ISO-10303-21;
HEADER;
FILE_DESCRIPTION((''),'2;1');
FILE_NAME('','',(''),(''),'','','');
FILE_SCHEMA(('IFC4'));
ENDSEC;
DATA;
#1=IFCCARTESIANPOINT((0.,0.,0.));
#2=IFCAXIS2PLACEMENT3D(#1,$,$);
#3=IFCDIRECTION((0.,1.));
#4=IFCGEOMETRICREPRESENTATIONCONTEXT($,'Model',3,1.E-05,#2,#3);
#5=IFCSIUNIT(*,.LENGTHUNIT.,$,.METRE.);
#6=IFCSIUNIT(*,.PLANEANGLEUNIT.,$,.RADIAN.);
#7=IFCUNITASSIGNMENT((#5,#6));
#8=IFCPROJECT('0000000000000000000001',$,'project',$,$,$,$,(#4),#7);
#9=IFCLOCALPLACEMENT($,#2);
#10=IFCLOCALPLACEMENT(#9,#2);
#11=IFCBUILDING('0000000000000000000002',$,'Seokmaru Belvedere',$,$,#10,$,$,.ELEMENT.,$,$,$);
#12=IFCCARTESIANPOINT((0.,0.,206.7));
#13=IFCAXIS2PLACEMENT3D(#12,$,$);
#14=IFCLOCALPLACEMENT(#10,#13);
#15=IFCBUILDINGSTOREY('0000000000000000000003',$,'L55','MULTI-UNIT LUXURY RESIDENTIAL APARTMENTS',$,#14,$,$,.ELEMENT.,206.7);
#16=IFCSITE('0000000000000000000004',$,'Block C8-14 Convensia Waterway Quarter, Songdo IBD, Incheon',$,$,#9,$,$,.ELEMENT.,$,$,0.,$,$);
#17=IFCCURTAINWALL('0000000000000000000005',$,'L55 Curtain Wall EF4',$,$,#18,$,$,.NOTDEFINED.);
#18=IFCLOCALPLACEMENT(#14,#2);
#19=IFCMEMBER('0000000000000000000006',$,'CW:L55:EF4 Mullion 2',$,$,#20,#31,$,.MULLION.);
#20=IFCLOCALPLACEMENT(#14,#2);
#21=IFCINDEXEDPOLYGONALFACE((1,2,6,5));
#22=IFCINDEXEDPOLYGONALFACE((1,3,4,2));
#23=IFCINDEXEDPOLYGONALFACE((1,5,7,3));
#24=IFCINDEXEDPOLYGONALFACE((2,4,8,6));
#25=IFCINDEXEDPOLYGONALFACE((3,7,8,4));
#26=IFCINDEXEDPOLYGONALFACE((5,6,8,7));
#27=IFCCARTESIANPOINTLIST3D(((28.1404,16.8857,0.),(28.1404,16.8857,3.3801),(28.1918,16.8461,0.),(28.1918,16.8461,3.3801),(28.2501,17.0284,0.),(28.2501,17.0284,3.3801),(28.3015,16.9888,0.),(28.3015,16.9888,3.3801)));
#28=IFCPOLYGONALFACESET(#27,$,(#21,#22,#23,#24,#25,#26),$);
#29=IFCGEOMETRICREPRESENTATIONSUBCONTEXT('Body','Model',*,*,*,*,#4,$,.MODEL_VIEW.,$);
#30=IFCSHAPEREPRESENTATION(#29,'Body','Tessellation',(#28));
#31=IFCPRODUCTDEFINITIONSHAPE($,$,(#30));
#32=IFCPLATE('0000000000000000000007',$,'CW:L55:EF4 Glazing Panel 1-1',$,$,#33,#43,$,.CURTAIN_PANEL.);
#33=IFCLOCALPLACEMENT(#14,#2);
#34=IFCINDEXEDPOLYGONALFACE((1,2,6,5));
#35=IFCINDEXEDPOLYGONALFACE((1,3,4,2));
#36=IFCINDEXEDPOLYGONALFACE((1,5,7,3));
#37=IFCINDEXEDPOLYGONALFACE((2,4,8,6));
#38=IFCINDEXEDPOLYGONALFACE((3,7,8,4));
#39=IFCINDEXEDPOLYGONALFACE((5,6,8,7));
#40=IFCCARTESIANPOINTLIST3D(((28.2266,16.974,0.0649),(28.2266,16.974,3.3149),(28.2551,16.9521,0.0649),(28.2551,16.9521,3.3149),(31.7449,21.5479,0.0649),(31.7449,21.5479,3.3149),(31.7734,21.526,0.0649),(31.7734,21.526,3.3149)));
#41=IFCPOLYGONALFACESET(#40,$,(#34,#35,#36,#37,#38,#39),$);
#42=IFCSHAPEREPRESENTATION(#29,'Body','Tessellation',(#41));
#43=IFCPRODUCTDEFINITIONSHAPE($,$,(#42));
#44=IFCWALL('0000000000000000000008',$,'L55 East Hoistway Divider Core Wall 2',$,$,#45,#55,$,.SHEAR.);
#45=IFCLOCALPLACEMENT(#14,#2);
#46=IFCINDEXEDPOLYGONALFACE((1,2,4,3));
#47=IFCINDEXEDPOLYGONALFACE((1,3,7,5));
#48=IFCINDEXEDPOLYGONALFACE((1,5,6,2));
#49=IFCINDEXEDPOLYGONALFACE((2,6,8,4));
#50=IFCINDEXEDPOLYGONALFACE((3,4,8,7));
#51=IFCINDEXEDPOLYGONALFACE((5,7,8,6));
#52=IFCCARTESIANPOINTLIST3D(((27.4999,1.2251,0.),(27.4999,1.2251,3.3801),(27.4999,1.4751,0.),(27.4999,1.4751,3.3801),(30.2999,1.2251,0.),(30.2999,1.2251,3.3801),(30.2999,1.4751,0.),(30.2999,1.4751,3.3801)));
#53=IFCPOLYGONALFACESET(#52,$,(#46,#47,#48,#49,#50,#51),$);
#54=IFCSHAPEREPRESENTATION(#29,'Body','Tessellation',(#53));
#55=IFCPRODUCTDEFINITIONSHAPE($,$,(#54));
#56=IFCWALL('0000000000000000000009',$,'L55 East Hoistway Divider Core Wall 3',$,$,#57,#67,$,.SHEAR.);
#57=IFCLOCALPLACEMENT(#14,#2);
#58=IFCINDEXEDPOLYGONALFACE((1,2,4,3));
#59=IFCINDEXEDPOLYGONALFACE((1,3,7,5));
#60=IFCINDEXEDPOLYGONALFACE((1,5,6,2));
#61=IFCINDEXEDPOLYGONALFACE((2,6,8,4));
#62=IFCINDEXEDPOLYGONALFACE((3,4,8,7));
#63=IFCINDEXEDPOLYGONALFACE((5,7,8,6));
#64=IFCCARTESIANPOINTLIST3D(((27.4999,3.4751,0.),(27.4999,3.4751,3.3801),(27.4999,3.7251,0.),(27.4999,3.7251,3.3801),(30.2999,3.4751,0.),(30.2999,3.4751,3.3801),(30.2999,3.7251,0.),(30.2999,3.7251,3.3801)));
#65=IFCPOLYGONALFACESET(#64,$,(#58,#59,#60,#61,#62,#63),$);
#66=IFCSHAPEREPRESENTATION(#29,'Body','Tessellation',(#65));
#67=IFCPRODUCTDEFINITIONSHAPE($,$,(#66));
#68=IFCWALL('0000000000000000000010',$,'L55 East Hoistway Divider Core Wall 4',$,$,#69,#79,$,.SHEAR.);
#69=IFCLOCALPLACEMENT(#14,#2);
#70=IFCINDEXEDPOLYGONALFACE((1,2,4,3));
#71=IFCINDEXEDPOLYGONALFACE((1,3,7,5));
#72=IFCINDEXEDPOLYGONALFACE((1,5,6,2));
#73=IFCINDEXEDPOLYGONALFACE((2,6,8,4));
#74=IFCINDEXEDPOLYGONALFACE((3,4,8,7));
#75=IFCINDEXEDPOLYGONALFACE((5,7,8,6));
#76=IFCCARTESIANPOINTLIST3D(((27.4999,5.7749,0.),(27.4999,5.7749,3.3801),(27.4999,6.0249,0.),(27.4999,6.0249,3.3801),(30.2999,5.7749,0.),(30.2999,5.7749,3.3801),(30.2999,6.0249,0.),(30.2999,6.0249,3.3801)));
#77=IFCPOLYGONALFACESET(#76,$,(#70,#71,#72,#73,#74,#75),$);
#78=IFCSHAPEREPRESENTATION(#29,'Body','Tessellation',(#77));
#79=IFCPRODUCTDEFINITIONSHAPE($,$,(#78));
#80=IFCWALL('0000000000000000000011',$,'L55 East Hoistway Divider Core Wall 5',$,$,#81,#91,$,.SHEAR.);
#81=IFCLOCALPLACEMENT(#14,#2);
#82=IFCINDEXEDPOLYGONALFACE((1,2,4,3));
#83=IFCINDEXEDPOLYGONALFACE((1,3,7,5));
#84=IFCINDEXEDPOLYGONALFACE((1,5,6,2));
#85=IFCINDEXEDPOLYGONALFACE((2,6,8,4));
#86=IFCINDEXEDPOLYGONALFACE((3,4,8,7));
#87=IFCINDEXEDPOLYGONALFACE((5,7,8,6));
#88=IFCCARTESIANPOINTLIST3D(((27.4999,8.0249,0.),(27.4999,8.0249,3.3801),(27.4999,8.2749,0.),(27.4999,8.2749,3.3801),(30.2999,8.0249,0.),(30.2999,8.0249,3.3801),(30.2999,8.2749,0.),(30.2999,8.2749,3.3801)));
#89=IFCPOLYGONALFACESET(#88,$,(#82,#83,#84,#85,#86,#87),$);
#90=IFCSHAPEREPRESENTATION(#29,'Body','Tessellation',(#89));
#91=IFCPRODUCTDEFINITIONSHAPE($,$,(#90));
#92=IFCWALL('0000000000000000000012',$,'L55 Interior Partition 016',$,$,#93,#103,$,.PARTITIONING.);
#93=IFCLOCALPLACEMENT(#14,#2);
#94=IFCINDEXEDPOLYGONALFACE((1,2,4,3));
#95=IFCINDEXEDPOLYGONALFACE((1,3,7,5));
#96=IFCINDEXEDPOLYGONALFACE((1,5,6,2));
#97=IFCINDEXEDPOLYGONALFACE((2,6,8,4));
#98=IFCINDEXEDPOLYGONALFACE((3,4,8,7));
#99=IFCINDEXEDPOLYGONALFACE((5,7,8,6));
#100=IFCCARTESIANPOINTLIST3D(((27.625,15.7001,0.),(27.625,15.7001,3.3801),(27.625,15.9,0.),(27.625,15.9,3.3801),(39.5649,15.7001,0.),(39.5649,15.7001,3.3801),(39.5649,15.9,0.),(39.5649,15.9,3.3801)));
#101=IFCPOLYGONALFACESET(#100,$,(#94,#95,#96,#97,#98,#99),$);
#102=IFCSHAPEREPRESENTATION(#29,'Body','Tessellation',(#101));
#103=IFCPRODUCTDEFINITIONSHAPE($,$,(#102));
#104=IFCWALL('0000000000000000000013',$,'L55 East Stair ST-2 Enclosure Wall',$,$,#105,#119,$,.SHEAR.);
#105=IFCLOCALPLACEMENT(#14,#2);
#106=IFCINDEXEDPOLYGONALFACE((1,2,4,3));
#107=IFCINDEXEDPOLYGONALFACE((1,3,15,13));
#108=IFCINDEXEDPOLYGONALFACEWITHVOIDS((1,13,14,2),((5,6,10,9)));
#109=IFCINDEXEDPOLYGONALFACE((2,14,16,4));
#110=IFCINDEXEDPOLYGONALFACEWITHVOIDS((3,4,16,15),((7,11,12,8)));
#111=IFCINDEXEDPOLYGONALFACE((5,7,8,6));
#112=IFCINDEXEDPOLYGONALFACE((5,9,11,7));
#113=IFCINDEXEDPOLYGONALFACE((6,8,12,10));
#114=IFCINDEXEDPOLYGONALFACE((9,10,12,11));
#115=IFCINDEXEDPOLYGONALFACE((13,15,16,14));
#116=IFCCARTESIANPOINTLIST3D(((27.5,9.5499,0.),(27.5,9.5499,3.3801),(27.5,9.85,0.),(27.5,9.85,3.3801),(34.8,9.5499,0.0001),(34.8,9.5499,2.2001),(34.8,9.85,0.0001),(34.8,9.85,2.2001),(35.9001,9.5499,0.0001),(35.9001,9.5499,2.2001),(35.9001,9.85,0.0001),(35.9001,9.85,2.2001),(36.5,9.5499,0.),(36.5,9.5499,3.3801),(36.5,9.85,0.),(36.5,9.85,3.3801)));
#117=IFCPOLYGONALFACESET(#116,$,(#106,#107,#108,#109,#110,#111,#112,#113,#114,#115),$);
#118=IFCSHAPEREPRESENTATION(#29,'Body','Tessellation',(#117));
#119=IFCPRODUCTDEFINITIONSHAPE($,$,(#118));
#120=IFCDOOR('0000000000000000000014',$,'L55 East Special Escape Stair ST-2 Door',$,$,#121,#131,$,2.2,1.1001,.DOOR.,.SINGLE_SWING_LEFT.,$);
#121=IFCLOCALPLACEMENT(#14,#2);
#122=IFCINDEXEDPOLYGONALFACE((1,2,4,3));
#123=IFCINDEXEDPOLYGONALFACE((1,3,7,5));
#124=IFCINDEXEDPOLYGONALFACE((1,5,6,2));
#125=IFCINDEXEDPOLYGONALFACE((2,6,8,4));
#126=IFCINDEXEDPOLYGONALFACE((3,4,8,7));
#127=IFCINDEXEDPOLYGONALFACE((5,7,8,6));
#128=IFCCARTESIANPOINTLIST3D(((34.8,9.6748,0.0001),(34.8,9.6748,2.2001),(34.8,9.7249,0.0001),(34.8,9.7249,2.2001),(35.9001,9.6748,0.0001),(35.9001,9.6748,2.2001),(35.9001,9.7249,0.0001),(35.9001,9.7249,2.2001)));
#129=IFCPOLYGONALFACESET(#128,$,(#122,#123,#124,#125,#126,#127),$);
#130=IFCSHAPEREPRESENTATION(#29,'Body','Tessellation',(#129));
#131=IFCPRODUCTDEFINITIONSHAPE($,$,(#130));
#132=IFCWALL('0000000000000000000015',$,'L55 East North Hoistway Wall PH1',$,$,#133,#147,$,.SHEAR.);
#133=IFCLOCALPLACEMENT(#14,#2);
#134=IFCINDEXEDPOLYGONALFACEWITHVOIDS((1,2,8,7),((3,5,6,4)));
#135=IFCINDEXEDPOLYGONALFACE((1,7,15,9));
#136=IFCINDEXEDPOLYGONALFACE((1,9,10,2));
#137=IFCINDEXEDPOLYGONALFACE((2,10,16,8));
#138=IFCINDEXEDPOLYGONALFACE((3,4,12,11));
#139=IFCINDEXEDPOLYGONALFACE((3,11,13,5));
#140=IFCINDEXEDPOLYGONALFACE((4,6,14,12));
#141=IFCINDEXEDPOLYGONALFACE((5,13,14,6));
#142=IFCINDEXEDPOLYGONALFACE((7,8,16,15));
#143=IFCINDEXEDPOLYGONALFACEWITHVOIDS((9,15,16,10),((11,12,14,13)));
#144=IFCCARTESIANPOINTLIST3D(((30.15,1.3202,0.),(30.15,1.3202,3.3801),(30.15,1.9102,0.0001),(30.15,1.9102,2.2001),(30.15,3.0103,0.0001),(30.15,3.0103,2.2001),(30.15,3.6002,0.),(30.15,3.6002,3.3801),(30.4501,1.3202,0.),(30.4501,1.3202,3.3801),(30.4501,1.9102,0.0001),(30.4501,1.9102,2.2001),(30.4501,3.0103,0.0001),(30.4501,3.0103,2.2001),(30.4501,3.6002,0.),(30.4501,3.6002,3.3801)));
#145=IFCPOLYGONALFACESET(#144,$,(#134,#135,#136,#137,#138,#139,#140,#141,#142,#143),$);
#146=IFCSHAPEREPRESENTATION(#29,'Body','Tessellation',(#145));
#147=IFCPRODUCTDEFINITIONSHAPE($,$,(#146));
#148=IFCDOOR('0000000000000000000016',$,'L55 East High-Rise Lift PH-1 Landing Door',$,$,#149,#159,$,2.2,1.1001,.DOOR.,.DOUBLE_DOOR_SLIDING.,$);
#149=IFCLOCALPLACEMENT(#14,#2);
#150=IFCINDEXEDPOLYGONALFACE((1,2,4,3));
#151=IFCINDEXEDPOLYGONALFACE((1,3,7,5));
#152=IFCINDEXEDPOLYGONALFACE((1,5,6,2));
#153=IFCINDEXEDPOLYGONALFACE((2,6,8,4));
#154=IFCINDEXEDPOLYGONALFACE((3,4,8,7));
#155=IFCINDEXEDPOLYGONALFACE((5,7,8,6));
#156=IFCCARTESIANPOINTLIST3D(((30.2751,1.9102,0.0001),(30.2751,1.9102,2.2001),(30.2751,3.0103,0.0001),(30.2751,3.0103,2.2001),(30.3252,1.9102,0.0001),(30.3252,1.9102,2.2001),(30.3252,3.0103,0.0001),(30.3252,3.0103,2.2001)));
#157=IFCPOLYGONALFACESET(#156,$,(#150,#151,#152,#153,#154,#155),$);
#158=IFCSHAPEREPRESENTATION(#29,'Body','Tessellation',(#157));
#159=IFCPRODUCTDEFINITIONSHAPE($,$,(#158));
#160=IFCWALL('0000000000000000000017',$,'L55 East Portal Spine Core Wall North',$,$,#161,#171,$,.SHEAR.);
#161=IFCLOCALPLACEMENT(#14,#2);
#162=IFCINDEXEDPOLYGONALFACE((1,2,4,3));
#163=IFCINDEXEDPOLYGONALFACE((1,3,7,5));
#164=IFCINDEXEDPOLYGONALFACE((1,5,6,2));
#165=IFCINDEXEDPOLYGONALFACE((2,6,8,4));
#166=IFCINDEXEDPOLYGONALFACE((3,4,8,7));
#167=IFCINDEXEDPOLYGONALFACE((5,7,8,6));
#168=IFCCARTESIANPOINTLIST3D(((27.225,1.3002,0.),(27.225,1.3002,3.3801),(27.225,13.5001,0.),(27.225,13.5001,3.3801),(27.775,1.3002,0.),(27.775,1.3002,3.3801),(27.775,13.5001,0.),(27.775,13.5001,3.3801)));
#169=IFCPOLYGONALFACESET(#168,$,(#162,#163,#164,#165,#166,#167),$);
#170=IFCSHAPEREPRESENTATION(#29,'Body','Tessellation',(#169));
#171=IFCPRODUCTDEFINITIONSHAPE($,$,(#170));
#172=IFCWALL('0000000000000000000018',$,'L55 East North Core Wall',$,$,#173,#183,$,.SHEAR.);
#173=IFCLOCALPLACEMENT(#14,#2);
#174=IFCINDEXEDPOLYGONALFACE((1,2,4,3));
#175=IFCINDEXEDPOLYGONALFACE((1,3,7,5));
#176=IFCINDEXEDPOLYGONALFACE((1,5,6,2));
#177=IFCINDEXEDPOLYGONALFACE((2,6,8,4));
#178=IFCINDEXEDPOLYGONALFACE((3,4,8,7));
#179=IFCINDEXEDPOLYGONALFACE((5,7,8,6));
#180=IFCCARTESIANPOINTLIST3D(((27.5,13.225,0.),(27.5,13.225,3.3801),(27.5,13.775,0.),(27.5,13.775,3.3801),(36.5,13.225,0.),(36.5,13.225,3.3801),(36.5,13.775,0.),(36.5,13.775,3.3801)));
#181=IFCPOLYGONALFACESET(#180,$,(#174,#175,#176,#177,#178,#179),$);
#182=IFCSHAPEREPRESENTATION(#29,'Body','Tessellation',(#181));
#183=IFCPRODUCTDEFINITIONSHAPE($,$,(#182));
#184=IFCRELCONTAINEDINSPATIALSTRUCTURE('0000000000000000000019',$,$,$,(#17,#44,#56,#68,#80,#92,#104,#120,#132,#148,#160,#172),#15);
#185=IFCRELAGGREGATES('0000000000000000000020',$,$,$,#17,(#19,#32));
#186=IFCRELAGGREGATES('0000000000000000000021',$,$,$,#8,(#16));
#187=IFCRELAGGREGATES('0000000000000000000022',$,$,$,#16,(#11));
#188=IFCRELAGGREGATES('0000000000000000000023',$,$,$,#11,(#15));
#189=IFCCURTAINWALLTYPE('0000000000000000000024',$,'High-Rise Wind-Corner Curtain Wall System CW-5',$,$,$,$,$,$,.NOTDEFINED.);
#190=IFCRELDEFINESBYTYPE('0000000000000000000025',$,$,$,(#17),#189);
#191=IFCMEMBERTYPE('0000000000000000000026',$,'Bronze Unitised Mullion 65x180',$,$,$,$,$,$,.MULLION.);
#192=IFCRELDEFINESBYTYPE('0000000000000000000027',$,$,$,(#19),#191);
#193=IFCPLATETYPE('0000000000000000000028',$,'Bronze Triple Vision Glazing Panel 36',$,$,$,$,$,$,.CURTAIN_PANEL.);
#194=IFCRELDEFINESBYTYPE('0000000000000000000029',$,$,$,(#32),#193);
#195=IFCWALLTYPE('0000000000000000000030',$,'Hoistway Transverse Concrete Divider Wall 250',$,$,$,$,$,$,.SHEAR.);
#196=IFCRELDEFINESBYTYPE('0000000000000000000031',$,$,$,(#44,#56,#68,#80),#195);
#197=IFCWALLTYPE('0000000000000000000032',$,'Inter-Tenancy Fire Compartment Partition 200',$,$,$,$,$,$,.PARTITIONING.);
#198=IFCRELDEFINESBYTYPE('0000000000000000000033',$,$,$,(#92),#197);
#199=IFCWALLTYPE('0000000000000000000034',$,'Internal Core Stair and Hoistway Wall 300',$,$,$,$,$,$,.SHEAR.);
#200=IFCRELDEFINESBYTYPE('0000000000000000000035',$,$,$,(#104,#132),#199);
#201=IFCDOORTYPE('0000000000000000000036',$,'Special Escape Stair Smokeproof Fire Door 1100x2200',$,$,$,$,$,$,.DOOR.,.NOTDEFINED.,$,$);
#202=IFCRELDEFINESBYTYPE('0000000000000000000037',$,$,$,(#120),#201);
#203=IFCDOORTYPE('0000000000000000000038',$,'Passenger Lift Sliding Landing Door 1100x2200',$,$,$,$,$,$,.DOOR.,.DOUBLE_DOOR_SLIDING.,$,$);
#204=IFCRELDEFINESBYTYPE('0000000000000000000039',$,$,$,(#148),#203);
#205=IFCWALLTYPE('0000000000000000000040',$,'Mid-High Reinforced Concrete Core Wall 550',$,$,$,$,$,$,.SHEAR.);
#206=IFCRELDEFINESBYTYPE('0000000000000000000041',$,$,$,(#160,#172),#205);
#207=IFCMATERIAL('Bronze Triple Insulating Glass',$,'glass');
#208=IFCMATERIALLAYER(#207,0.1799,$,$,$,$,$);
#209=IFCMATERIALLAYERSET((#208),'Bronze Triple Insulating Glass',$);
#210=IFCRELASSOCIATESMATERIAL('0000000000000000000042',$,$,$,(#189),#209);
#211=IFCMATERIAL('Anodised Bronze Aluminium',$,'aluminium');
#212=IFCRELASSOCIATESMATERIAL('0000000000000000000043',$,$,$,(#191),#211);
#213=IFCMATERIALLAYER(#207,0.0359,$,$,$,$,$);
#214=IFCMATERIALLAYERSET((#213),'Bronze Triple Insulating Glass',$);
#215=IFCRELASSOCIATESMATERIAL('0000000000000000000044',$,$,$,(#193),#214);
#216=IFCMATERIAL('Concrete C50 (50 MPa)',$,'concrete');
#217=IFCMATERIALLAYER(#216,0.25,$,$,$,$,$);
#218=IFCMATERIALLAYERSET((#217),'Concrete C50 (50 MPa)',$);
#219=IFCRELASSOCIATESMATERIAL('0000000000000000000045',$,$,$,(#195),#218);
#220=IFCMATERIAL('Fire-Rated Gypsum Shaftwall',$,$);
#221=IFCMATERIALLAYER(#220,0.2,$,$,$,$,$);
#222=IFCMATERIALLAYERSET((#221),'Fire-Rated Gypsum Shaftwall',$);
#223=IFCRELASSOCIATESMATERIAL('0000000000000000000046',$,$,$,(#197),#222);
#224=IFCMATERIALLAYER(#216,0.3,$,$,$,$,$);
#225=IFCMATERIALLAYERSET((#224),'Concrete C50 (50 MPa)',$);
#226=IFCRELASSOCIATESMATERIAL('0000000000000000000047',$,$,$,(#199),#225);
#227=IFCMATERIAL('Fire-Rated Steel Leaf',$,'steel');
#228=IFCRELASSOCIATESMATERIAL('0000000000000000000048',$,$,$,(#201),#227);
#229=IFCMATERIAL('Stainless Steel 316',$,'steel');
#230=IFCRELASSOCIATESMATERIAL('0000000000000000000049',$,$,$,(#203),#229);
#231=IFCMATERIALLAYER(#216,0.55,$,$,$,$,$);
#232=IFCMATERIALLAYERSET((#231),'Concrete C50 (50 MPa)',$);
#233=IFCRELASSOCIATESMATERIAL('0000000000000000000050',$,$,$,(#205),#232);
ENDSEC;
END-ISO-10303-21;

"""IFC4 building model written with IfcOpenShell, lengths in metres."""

from ifc_helpers import new_model, si_unit, direction, frame, frame_2d, origin, origin_2d, place, context, subcontext, project, spatial, rectangle, extrude, source, transform, mapped, material, layer, layer_set, material_profile, profile_set, type_object, type_shapes, element, fill, aggregate, save


model = new_model("IFC4")

# Units and contexts
model_context = context("Model", 3, precision=1e-05, world=origin(), true_north=direction((0.0, 1.0)))
body_context = subcontext(model_context, "Body", "Model", "MODEL_VIEW")
ifc_project = project(units=[si_unit("LENGTHUNIT", "METRE"), si_unit("PLANEANGLEUNIT", "RADIAN")], contexts=[model_context])

# Site, building, storey
site_placement = place(None, origin())
site = spatial("IfcSite", under=ifc_project, at=site_placement, Name="Block C8-14 Convensia Waterway Quarter, Songdo IBD, Incheon", CompositionType="ELEMENT", RefElevation=0.0)
building_placement = place(site_placement, origin())
building = spatial("IfcBuilding", under=site, at=building_placement, Name="Seokmaru Belvedere", CompositionType="ELEMENT")
storey_placement = place(building_placement, frame((0.0, 0.0, 206.7)))
storey = spatial("IfcBuildingStorey", under=building, at=storey_placement, Name="L55", Description="MULTI-UNIT LUXURY RESIDENTIAL APARTMENTS", CompositionType="ELEMENT", Elevation=206.7)

# Curtain wall, member, plate
ifc_material_1 = material(Name="Bronze Triple Insulating Glass", Category="glass")
ifc_layer_1 = layer(ifc_material_1, 0.1799)
ifc_layer_set_1 = layer_set([ifc_layer_1], Name="Bronze Triple Insulating Glass")
curtain_wall_type = type_object("IfcCurtainWallType", Name="High-Rise Wind-Corner Curtain Wall System CW-5", PredefinedType="NOTDEFINED", material=ifc_layer_set_1)
curtain_wall_placement = place(storey_placement, origin())
curtain_wall = element("IfcCurtainWall", 1, at=curtain_wall_placement, inside=storey, type_object=curtain_wall_type, Name="L55 Curtain Wall EF4", PredefinedType="NOTDEFINED")
ifc_material_2 = material(Name="Anodised Bronze Aluminium", Category="aluminium")
ifc_material_profile_1 = material_profile(ifc_material_2, rectangle(XDim=0.0649, YDim=0.1799, at=origin_2d()), Name="CW-M-65x180")
ifc_profile_set_1 = profile_set([ifc_material_profile_1], Name="Anodised Bronze Aluminium")
member_type = type_object("IfcMemberType", Name="Bronze Unitised Mullion 65x180", PredefinedType="MULLION", material=ifc_profile_set_1)
shared_shape_1 = source(origin(), body_context, "Body", "SweptSolid", [
    extrude(rectangle(XDim=0.0649, YDim=0.1799, at=origin_2d()), origin(), (0.0, 0.0, 1.0), 3.3801),
])
type_shapes(member_type, [shared_shape_1])
member_placement = place(storey_placement, frame((28.2209, 16.9373, 0.0), z_axis=(0.0, 0.0, 1.0), x_axis=(0.792631, -0.609701, 0.0)))
member = element("IfcMember", 2, at=member_placement, type_object=member_type, Name="CW:L55:EF4 Mullion 2", PredefinedType="MULLION", context=body_context, shape_type="MappedRepresentation", body=[
    mapped(shared_shape_1, transform((0.0, 0.0, 0.0), scale=1.0)),
])
ifc_layer_2 = layer(ifc_material_1, 0.0359)
ifc_layer_set_2 = layer_set([ifc_layer_2], Name="Bronze Triple Insulating Glass")
plate_type = type_object("IfcPlateType", Name="Bronze Triple Vision Glazing Panel 36", PredefinedType="CURTAIN_PANEL", material=ifc_layer_set_2)
shared_shape_2 = source(origin(), body_context, "Body", "SweptSolid", [
    extrude(rectangle(XDim=5.7705, YDim=0.0359, at=origin_2d()), origin(), (0.0, 0.0, 1.0), 3.25),
])
type_shapes(plate_type, [shared_shape_2])
plate_placement = place(storey_placement, frame((30.0, 19.25, 0.0649), z_axis=(0.0, 0.0, 1.0), x_axis=(-0.609701, -0.792631, 0.0)))
plate = element("IfcPlate", 3, at=plate_placement, type_object=plate_type, Name="CW:L55:EF4 Glazing Panel 1-1", PredefinedType="CURTAIN_PANEL", context=body_context, shape_type="MappedRepresentation", body=[
    mapped(shared_shape_2, transform((0.0, 0.0, 0.0), scale=1.0)),
])
aggregate(curtain_wall, [member, plate])

# Walls
ifc_material_3 = material(Name="Concrete C50 (50 MPa)", Category="concrete")
ifc_layer_3 = layer(ifc_material_3, 0.25)
ifc_layer_set_3 = layer_set([ifc_layer_3], Name="Concrete C50 (50 MPa)")
wall_type_1 = type_object("IfcWallType", Name="Hoistway Transverse Concrete Divider Wall 250", PredefinedType="SHEAR", material=ifc_layer_set_3)
for number, where, z_axis, x_axis, name in (
    (4, (27.5, 1.3501, 0.0), (0.0, 0.0, 1.0), (1.0, 0.0, 0.0), "L55 East Hoistway Divider Core Wall 2"),
    (5, (27.5, 3.6001, 0.0), (0.0, 0.0, 1.0), (1.0, 0.0, 0.0), "L55 East Hoistway Divider Core Wall 3"),
    (6, (27.5, 5.8999, 0.0), (0.0, 0.0, 1.0), (1.0, 0.0, 0.0), "L55 East Hoistway Divider Core Wall 4"),
    (7, (27.5, 8.1499, 0.0), (0.0, 0.0, 1.0), (1.0, 0.0, 0.0), "L55 East Hoistway Divider Core Wall 5"),
):
    element("IfcWall", number, at=place(storey_placement, frame(where, z_axis=z_axis, x_axis=x_axis)), inside=storey, type_object=wall_type_1, Name=name, PredefinedType="SHEAR", context=body_context, shape_type="SweptSolid", body=[
        extrude(rectangle(XDim=2.8, YDim=0.25, at=frame_2d((1.3999, 0.0))), origin(), (0.0, 0.0, 1.0), 3.3801),
    ])
ifc_material_4 = material(Name="Fire-Rated Gypsum Shaftwall")
ifc_layer_4 = layer(ifc_material_4, 0.2)
ifc_layer_set_4 = layer_set([ifc_layer_4], Name="Fire-Rated Gypsum Shaftwall")
wall_type_2 = type_object("IfcWallType", Name="Inter-Tenancy Fire Compartment Partition 200", PredefinedType="PARTITIONING", material=ifc_layer_set_4)
wall_1_placement = place(storey_placement, frame((27.625, 15.8, 0.0), z_axis=(0.0, 0.0, 1.0), x_axis=(1.0, 0.0, 0.0)))
element("IfcWall", 8, at=wall_1_placement, inside=storey, type_object=wall_type_2, Name="L55 Interior Partition 016", PredefinedType="PARTITIONING", context=body_context, shape_type="SweptSolid", body=[
    extrude(rectangle(XDim=11.9399, YDim=0.2, at=frame_2d((5.97, 0.0))), origin(), (0.0, 0.0, 1.0), 3.3801),
])

# Walls, openings, doors
ifc_layer_5 = layer(ifc_material_3, 0.3)
ifc_layer_set_5 = layer_set([ifc_layer_5], Name="Concrete C50 (50 MPa)")
wall_type_3 = type_object("IfcWallType", Name="Internal Core Stair and Hoistway Wall 300", PredefinedType="SHEAR", material=ifc_layer_set_5)
wall_2_placement = place(storey_placement, frame((27.5, 9.7, 0.0), z_axis=(0.0, 0.0, 1.0), x_axis=(1.0, 0.0, 0.0)))
wall_2 = element("IfcWall", 9, at=wall_2_placement, inside=storey, type_object=wall_type_3, Name="L55 East Stair ST-2 Enclosure Wall", PredefinedType="SHEAR", context=body_context, shape_type="SweptSolid", body=[
    extrude(rectangle(XDim=9.0, YDim=0.3, at=frame_2d((4.5, 0.0))), origin(), (0.0, 0.0, 1.0), 3.3801),
])
opening_1_placement = place(wall_2_placement, frame((7.3, 0.0, 0.0)))
opening_1 = element("IfcOpeningElement", 10, at=opening_1_placement, cuts=wall_2, PredefinedType="OPENING", context=body_context, shape_type="SweptSolid", body=[
    extrude(rectangle(XDim=1.1001, YDim=2.2, at=frame_2d((0.55, 1.1001))), frame((0.0, 0.1602, 0.0), z_axis=(0.0, -1.0, 0.0), x_axis=(1.0, 0.0, 0.0)), (0.0, 0.0, 1.0), 0.3201),
])
ifc_material_5 = material(Name="Fire-Rated Steel Leaf", Category="steel")
door_type_1 = type_object("IfcDoorType", Name="Special Escape Stair Smokeproof Fire Door 1100x2200", OperationType="NOTDEFINED", PredefinedType="DOOR", material=ifc_material_5)
shared_shape_3 = source(origin(), body_context, "Body", "SweptSolid", [
    extrude(rectangle(XDim=1.1001, YDim=2.2, at=frame_2d((0.55, 1.1001))), frame((0.0, 0.0249, 0.0), z_axis=(0.0, -1.0, 0.0), x_axis=(1.0, 0.0, 0.0)), (0.0, 0.0, 1.0), 0.05),
])
type_shapes(door_type_1, [shared_shape_3])
door_1_placement = place(opening_1_placement, origin())
door_1 = element("IfcDoor", 11, at=door_1_placement, inside=storey, type_object=door_type_1, Name="L55 East Special Escape Stair ST-2 Door", OperationType="SINGLE_SWING_LEFT", OverallHeight=2.2, OverallWidth=1.1001, PredefinedType="DOOR", context=body_context, shape_type="MappedRepresentation", body=[
    mapped(shared_shape_3, transform((0.0, 0.0, 0.0), scale=1.0)),
])
fill(opening_1, door_1)
wall_3_placement = place(storey_placement, frame((30.3, 1.3201, 0.0), z_axis=(0.0, 0.0, 1.0), x_axis=(0.0, 1.0, 0.0)))
wall_3 = element("IfcWall", 12, at=wall_3_placement, inside=storey, type_object=wall_type_3, Name="L55 East North Hoistway Wall PH1", PredefinedType="SHEAR", context=body_context, shape_type="SweptSolid", body=[
    extrude(rectangle(XDim=2.28, YDim=0.3, at=frame_2d((1.1401, 0.0))), origin(), (0.0, 0.0, 1.0), 3.3801),
])
opening_2_placement = place(wall_3_placement, frame((0.5901, 0.0, 0.0)))
opening_2 = element("IfcOpeningElement", 13, at=opening_2_placement, cuts=wall_3, PredefinedType="OPENING", context=body_context, shape_type="SweptSolid", body=[
    extrude(rectangle(XDim=1.1001, YDim=2.2, at=frame_2d((0.55, 1.1001))), frame((0.0, 0.1602, 0.0), z_axis=(0.0, -1.0, 0.0), x_axis=(1.0, 0.0, 0.0)), (0.0, 0.0, 1.0), 0.3201),
])
ifc_material_6 = material(Name="Stainless Steel 316", Category="steel")
door_type_2 = type_object("IfcDoorType", Name="Passenger Lift Sliding Landing Door 1100x2200", OperationType="DOUBLE_DOOR_SLIDING", PredefinedType="DOOR", material=ifc_material_6)
shared_shape_4 = source(origin(), body_context, "Body", "SweptSolid", [
    extrude(rectangle(XDim=1.1001, YDim=2.2, at=frame_2d((0.55, 1.1001))), frame((0.0, 0.0249, 0.0), z_axis=(0.0, -1.0, 0.0), x_axis=(1.0, 0.0, 0.0)), (0.0, 0.0, 1.0), 0.05),
])
type_shapes(door_type_2, [shared_shape_4])
door_2_placement = place(opening_2_placement, origin())
door_2 = element("IfcDoor", 14, at=door_2_placement, inside=storey, type_object=door_type_2, Name="L55 East High-Rise Lift PH-1 Landing Door", OperationType="DOUBLE_DOOR_SLIDING", OverallHeight=2.2, OverallWidth=1.1001, PredefinedType="DOOR", context=body_context, shape_type="MappedRepresentation", body=[
    mapped(shared_shape_4, transform((0.0, 0.0, 0.0), scale=1.0)),
])
fill(opening_2, door_2)

# Walls
ifc_layer_6 = layer(ifc_material_3, 0.55)
ifc_layer_set_6 = layer_set([ifc_layer_6], Name="Concrete C50 (50 MPa)")
wall_type_4 = type_object("IfcWallType", Name="Mid-High Reinforced Concrete Core Wall 550", PredefinedType="SHEAR", material=ifc_layer_set_6)
wall_4_placement = place(storey_placement, frame((27.5, 1.3, 0.0), z_axis=(0.0, 0.0, 1.0), x_axis=(0.0, 1.0, 0.0)))
element("IfcWall", 15, at=wall_4_placement, inside=storey, type_object=wall_type_4, Name="L55 East Portal Spine Core Wall North", PredefinedType="SHEAR", context=body_context, shape_type="SweptSolid", body=[
    extrude(rectangle(XDim=12.2, YDim=0.55, at=frame_2d((6.1001, 0.0))), origin(), (0.0, 0.0, 1.0), 3.3801),
])
wall_5_placement = place(storey_placement, frame((27.5, 13.5, 0.0), z_axis=(0.0, 0.0, 1.0), x_axis=(1.0, 0.0, 0.0)))
element("IfcWall", 16, at=wall_5_placement, inside=storey, type_object=wall_type_4, Name="L55 East North Core Wall", PredefinedType="SHEAR", context=body_context, shape_type="SweptSolid", body=[
    extrude(rectangle(XDim=9.0, YDim=0.55, at=frame_2d((4.5, 0.0))), origin(), (0.0, 0.0, 1.0), 3.3801),
])

save(model, "model.ifc")
